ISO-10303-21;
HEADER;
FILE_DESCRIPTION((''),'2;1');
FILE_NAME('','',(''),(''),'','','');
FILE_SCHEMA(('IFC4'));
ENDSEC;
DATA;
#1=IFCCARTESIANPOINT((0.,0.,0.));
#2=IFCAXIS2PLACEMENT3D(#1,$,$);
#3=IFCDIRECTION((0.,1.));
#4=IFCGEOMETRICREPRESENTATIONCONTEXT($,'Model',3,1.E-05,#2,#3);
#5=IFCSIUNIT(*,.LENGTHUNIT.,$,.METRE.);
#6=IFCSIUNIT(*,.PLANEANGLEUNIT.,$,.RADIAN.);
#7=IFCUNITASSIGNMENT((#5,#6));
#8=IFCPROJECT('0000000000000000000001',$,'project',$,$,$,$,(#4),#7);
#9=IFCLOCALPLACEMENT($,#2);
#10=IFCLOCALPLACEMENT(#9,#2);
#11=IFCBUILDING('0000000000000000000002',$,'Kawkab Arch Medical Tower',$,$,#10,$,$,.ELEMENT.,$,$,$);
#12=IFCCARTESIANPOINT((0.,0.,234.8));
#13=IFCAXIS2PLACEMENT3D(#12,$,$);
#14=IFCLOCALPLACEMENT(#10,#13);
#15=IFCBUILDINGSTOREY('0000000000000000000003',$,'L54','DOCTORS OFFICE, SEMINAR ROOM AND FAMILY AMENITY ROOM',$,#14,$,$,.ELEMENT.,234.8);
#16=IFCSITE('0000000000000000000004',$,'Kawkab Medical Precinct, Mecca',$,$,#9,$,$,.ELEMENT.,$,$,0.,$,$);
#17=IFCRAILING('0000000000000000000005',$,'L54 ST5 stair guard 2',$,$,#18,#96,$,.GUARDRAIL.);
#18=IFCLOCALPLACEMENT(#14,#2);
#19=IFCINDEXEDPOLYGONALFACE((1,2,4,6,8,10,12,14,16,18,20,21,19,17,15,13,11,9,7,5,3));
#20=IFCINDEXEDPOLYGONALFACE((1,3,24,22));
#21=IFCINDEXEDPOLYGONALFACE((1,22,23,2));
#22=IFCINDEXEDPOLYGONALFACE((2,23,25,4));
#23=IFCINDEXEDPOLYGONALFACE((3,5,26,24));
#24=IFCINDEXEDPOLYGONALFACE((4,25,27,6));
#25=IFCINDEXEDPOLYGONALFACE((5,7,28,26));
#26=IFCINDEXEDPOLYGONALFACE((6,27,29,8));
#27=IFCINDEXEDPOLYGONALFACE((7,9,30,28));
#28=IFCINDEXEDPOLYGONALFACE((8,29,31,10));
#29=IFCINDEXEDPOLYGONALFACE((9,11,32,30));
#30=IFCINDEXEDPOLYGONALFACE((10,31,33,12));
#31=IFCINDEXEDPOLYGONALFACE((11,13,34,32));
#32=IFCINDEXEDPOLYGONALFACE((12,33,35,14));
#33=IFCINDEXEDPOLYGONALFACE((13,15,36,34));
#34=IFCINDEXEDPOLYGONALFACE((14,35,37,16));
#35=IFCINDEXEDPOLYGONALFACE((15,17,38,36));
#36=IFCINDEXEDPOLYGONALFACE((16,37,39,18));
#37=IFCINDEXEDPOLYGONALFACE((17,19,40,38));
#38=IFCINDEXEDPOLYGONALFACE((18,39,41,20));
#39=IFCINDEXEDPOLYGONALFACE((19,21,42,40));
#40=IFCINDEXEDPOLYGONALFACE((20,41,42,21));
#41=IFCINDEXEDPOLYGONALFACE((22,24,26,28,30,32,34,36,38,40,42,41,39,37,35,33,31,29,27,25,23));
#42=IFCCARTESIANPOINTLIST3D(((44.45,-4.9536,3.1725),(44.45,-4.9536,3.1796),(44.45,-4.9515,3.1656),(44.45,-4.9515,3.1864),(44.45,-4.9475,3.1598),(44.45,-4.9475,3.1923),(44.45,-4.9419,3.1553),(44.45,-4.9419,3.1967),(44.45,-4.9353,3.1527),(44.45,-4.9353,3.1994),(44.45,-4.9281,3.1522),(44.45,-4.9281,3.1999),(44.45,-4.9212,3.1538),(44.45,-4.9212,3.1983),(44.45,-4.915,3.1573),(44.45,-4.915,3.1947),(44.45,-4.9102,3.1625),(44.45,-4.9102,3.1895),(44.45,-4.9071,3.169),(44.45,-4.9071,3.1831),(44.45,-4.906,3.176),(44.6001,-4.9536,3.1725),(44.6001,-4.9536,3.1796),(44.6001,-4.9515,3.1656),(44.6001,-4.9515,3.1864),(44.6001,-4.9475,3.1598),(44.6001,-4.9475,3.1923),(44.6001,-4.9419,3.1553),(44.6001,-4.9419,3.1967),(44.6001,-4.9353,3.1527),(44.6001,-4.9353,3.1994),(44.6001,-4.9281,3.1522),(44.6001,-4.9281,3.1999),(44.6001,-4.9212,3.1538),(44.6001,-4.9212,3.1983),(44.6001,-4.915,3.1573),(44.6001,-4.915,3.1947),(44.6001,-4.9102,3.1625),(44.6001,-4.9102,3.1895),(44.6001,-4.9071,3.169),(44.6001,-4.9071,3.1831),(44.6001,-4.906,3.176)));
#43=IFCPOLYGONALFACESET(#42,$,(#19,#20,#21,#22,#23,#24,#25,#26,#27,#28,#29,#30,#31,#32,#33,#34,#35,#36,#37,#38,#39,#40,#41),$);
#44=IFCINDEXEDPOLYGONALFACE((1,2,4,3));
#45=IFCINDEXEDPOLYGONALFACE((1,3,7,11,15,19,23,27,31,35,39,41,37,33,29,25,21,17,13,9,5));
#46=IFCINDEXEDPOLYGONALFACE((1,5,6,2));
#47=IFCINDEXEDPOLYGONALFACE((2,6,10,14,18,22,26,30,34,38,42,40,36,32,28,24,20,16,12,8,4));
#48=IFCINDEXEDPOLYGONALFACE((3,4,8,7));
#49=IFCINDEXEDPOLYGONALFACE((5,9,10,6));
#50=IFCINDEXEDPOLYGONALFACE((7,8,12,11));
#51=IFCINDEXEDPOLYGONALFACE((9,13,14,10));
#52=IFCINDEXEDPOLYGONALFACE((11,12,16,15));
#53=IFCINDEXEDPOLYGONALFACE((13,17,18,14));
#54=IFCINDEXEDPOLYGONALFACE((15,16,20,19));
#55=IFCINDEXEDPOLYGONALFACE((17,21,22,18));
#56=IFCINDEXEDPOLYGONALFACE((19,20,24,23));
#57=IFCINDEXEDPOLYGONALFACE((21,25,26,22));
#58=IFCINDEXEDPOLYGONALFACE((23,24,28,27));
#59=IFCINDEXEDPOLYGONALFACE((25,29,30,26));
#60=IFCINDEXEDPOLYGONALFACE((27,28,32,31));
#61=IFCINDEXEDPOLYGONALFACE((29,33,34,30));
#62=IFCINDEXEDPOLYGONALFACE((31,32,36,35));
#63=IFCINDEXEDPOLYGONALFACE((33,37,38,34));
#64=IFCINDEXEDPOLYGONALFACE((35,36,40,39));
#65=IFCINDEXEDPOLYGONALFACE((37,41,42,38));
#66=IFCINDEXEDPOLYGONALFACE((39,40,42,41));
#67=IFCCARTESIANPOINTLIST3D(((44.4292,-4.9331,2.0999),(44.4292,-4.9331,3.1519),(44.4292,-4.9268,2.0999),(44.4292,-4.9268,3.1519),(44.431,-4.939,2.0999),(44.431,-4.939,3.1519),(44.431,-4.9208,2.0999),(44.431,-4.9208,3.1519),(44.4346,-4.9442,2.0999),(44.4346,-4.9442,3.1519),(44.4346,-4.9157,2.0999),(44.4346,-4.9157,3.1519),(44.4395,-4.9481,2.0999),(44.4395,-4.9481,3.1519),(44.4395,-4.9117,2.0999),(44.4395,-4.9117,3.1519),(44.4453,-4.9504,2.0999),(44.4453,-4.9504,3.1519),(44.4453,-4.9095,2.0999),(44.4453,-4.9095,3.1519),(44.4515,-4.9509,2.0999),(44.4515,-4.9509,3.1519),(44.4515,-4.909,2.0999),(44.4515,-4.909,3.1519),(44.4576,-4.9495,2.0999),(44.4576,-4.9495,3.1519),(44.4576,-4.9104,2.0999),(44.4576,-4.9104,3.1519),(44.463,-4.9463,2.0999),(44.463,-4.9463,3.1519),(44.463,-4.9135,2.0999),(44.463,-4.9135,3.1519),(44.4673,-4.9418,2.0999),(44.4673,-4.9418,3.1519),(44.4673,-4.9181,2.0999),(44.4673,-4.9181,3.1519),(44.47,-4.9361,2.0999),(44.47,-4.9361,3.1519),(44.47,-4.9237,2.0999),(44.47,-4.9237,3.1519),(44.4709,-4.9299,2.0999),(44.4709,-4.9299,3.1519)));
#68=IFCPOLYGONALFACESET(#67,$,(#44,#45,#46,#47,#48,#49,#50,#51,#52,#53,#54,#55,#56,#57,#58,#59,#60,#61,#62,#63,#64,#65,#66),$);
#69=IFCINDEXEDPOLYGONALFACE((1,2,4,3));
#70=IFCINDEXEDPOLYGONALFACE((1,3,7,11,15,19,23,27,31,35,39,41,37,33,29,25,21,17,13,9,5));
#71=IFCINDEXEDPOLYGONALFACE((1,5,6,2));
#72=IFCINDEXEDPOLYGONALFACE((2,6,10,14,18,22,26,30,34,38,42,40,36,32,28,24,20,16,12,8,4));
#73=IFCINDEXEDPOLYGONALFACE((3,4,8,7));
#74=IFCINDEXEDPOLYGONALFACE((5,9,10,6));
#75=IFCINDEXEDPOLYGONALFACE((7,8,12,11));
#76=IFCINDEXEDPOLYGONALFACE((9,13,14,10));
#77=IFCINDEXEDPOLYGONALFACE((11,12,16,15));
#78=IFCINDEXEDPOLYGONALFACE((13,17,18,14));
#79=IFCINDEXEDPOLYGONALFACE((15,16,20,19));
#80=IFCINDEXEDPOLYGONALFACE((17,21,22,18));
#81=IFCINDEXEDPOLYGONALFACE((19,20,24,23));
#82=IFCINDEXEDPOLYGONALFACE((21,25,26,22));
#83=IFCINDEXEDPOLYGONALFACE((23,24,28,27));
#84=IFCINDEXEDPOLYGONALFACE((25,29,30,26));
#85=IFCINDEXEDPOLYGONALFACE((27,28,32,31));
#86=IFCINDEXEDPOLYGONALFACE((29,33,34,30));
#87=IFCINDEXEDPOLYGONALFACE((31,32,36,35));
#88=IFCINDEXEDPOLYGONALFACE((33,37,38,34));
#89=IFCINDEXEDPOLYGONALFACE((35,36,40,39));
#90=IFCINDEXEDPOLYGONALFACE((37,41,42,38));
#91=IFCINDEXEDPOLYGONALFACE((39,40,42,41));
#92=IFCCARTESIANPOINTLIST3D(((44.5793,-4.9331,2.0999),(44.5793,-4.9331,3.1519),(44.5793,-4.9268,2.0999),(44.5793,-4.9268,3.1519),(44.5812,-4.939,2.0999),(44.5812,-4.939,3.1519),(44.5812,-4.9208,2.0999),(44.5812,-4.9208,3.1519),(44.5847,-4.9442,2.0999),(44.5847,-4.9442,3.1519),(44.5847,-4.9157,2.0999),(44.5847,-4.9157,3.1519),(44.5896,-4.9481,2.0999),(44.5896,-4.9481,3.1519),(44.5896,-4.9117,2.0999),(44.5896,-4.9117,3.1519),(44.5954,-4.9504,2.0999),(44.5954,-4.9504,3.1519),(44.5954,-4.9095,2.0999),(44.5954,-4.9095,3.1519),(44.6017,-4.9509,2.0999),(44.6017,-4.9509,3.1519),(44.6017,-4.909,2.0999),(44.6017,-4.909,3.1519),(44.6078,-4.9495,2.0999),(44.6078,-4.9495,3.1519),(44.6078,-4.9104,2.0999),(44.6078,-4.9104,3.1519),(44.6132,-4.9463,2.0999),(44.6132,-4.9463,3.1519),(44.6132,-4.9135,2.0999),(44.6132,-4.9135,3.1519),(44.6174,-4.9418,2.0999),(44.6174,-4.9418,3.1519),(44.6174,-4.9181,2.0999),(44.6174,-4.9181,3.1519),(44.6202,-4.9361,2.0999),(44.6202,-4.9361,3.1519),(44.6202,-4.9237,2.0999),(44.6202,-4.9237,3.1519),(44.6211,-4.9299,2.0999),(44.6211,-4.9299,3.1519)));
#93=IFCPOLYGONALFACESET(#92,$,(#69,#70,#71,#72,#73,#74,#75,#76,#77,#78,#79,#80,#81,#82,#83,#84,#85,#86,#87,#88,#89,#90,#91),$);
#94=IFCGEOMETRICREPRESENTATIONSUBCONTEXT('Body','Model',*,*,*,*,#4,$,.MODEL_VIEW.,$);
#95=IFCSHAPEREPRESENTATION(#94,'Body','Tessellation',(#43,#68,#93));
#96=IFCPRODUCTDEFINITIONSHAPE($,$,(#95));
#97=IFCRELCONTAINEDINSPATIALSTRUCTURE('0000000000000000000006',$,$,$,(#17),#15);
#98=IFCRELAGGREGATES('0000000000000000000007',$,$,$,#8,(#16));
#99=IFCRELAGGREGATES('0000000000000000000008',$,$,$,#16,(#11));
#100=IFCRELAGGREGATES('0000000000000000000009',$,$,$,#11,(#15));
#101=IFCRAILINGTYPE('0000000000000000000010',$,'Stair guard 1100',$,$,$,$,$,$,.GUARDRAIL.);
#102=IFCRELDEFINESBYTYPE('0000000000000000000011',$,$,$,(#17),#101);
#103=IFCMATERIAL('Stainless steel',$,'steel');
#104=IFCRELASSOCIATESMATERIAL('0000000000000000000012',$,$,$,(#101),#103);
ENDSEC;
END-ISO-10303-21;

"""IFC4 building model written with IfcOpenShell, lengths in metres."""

from ifc_helpers import new_model, si_unit, direction, frame, origin, origin_2d, place, context, subcontext, project, spatial, circle, extrude, material, type_object, element, save


model = new_model("IFC4")

# Units and contexts
model_context = context("Model", 3, precision=1e-05, world=origin(), true_north=direction((0.0, 1.0)))
body_context = subcontext(model_context, "Body", "Model", "MODEL_VIEW")
ifc_project = project(units=[si_unit("LENGTHUNIT", "METRE"), si_unit("PLANEANGLEUNIT", "RADIAN")], contexts=[model_context])

# Site, building, storey
site_placement = place(None, origin())
site = spatial("IfcSite", under=ifc_project, at=site_placement, Name="Kawkab Medical Precinct, Mecca", CompositionType="ELEMENT", RefElevation=0.0)
building_placement = place(site_placement, origin())
building = spatial("IfcBuilding", under=site, at=building_placement, Name="Kawkab Arch Medical Tower", CompositionType="ELEMENT")
storey_placement = place(building_placement, frame((0.0, 0.0, 234.8)))
storey = spatial("IfcBuildingStorey", under=building, at=storey_placement, Name="L54", Description="DOCTORS OFFICE, SEMINAR ROOM AND FAMILY AMENITY ROOM", CompositionType="ELEMENT", Elevation=234.8)

# Railing
ifc_material_1 = material(Name="Stainless steel", Category="steel")
railing_type_1 = type_object("IfcRailingType", Name="Stair guard 1100", PredefinedType="GUARDRAIL", material=ifc_material_1)
railing_1_placement = place(storey_placement, frame((44.45, -4.9299, 2.0999)))
element("IfcRailing", 1, at=railing_1_placement, inside=storey, type_object=railing_type_1, Name="L54 ST5 stair guard 2", PredefinedType="GUARDRAIL", context=body_context, shape_type="SweptSolid", body=[
    extrude(circle(Radius=0.0239, at=origin_2d()), frame((0.0, 0.0, 1.0762), z_axis=(1.0, 0.0, 0.0), x_axis=(0.0, 1.0, 0.0)), (0.0, 0.0, 1.0), 0.1501),
    extrude(circle(Radius=0.021, at=origin_2d()), origin(), (0.0, 0.0, 1.0), 1.052),
    extrude(circle(Radius=0.021, at=origin_2d()), frame((0.1501, 0.0, 0.0)), (0.0, 0.0, 1.0), 1.052),
])

save(model, "model.ifc")
